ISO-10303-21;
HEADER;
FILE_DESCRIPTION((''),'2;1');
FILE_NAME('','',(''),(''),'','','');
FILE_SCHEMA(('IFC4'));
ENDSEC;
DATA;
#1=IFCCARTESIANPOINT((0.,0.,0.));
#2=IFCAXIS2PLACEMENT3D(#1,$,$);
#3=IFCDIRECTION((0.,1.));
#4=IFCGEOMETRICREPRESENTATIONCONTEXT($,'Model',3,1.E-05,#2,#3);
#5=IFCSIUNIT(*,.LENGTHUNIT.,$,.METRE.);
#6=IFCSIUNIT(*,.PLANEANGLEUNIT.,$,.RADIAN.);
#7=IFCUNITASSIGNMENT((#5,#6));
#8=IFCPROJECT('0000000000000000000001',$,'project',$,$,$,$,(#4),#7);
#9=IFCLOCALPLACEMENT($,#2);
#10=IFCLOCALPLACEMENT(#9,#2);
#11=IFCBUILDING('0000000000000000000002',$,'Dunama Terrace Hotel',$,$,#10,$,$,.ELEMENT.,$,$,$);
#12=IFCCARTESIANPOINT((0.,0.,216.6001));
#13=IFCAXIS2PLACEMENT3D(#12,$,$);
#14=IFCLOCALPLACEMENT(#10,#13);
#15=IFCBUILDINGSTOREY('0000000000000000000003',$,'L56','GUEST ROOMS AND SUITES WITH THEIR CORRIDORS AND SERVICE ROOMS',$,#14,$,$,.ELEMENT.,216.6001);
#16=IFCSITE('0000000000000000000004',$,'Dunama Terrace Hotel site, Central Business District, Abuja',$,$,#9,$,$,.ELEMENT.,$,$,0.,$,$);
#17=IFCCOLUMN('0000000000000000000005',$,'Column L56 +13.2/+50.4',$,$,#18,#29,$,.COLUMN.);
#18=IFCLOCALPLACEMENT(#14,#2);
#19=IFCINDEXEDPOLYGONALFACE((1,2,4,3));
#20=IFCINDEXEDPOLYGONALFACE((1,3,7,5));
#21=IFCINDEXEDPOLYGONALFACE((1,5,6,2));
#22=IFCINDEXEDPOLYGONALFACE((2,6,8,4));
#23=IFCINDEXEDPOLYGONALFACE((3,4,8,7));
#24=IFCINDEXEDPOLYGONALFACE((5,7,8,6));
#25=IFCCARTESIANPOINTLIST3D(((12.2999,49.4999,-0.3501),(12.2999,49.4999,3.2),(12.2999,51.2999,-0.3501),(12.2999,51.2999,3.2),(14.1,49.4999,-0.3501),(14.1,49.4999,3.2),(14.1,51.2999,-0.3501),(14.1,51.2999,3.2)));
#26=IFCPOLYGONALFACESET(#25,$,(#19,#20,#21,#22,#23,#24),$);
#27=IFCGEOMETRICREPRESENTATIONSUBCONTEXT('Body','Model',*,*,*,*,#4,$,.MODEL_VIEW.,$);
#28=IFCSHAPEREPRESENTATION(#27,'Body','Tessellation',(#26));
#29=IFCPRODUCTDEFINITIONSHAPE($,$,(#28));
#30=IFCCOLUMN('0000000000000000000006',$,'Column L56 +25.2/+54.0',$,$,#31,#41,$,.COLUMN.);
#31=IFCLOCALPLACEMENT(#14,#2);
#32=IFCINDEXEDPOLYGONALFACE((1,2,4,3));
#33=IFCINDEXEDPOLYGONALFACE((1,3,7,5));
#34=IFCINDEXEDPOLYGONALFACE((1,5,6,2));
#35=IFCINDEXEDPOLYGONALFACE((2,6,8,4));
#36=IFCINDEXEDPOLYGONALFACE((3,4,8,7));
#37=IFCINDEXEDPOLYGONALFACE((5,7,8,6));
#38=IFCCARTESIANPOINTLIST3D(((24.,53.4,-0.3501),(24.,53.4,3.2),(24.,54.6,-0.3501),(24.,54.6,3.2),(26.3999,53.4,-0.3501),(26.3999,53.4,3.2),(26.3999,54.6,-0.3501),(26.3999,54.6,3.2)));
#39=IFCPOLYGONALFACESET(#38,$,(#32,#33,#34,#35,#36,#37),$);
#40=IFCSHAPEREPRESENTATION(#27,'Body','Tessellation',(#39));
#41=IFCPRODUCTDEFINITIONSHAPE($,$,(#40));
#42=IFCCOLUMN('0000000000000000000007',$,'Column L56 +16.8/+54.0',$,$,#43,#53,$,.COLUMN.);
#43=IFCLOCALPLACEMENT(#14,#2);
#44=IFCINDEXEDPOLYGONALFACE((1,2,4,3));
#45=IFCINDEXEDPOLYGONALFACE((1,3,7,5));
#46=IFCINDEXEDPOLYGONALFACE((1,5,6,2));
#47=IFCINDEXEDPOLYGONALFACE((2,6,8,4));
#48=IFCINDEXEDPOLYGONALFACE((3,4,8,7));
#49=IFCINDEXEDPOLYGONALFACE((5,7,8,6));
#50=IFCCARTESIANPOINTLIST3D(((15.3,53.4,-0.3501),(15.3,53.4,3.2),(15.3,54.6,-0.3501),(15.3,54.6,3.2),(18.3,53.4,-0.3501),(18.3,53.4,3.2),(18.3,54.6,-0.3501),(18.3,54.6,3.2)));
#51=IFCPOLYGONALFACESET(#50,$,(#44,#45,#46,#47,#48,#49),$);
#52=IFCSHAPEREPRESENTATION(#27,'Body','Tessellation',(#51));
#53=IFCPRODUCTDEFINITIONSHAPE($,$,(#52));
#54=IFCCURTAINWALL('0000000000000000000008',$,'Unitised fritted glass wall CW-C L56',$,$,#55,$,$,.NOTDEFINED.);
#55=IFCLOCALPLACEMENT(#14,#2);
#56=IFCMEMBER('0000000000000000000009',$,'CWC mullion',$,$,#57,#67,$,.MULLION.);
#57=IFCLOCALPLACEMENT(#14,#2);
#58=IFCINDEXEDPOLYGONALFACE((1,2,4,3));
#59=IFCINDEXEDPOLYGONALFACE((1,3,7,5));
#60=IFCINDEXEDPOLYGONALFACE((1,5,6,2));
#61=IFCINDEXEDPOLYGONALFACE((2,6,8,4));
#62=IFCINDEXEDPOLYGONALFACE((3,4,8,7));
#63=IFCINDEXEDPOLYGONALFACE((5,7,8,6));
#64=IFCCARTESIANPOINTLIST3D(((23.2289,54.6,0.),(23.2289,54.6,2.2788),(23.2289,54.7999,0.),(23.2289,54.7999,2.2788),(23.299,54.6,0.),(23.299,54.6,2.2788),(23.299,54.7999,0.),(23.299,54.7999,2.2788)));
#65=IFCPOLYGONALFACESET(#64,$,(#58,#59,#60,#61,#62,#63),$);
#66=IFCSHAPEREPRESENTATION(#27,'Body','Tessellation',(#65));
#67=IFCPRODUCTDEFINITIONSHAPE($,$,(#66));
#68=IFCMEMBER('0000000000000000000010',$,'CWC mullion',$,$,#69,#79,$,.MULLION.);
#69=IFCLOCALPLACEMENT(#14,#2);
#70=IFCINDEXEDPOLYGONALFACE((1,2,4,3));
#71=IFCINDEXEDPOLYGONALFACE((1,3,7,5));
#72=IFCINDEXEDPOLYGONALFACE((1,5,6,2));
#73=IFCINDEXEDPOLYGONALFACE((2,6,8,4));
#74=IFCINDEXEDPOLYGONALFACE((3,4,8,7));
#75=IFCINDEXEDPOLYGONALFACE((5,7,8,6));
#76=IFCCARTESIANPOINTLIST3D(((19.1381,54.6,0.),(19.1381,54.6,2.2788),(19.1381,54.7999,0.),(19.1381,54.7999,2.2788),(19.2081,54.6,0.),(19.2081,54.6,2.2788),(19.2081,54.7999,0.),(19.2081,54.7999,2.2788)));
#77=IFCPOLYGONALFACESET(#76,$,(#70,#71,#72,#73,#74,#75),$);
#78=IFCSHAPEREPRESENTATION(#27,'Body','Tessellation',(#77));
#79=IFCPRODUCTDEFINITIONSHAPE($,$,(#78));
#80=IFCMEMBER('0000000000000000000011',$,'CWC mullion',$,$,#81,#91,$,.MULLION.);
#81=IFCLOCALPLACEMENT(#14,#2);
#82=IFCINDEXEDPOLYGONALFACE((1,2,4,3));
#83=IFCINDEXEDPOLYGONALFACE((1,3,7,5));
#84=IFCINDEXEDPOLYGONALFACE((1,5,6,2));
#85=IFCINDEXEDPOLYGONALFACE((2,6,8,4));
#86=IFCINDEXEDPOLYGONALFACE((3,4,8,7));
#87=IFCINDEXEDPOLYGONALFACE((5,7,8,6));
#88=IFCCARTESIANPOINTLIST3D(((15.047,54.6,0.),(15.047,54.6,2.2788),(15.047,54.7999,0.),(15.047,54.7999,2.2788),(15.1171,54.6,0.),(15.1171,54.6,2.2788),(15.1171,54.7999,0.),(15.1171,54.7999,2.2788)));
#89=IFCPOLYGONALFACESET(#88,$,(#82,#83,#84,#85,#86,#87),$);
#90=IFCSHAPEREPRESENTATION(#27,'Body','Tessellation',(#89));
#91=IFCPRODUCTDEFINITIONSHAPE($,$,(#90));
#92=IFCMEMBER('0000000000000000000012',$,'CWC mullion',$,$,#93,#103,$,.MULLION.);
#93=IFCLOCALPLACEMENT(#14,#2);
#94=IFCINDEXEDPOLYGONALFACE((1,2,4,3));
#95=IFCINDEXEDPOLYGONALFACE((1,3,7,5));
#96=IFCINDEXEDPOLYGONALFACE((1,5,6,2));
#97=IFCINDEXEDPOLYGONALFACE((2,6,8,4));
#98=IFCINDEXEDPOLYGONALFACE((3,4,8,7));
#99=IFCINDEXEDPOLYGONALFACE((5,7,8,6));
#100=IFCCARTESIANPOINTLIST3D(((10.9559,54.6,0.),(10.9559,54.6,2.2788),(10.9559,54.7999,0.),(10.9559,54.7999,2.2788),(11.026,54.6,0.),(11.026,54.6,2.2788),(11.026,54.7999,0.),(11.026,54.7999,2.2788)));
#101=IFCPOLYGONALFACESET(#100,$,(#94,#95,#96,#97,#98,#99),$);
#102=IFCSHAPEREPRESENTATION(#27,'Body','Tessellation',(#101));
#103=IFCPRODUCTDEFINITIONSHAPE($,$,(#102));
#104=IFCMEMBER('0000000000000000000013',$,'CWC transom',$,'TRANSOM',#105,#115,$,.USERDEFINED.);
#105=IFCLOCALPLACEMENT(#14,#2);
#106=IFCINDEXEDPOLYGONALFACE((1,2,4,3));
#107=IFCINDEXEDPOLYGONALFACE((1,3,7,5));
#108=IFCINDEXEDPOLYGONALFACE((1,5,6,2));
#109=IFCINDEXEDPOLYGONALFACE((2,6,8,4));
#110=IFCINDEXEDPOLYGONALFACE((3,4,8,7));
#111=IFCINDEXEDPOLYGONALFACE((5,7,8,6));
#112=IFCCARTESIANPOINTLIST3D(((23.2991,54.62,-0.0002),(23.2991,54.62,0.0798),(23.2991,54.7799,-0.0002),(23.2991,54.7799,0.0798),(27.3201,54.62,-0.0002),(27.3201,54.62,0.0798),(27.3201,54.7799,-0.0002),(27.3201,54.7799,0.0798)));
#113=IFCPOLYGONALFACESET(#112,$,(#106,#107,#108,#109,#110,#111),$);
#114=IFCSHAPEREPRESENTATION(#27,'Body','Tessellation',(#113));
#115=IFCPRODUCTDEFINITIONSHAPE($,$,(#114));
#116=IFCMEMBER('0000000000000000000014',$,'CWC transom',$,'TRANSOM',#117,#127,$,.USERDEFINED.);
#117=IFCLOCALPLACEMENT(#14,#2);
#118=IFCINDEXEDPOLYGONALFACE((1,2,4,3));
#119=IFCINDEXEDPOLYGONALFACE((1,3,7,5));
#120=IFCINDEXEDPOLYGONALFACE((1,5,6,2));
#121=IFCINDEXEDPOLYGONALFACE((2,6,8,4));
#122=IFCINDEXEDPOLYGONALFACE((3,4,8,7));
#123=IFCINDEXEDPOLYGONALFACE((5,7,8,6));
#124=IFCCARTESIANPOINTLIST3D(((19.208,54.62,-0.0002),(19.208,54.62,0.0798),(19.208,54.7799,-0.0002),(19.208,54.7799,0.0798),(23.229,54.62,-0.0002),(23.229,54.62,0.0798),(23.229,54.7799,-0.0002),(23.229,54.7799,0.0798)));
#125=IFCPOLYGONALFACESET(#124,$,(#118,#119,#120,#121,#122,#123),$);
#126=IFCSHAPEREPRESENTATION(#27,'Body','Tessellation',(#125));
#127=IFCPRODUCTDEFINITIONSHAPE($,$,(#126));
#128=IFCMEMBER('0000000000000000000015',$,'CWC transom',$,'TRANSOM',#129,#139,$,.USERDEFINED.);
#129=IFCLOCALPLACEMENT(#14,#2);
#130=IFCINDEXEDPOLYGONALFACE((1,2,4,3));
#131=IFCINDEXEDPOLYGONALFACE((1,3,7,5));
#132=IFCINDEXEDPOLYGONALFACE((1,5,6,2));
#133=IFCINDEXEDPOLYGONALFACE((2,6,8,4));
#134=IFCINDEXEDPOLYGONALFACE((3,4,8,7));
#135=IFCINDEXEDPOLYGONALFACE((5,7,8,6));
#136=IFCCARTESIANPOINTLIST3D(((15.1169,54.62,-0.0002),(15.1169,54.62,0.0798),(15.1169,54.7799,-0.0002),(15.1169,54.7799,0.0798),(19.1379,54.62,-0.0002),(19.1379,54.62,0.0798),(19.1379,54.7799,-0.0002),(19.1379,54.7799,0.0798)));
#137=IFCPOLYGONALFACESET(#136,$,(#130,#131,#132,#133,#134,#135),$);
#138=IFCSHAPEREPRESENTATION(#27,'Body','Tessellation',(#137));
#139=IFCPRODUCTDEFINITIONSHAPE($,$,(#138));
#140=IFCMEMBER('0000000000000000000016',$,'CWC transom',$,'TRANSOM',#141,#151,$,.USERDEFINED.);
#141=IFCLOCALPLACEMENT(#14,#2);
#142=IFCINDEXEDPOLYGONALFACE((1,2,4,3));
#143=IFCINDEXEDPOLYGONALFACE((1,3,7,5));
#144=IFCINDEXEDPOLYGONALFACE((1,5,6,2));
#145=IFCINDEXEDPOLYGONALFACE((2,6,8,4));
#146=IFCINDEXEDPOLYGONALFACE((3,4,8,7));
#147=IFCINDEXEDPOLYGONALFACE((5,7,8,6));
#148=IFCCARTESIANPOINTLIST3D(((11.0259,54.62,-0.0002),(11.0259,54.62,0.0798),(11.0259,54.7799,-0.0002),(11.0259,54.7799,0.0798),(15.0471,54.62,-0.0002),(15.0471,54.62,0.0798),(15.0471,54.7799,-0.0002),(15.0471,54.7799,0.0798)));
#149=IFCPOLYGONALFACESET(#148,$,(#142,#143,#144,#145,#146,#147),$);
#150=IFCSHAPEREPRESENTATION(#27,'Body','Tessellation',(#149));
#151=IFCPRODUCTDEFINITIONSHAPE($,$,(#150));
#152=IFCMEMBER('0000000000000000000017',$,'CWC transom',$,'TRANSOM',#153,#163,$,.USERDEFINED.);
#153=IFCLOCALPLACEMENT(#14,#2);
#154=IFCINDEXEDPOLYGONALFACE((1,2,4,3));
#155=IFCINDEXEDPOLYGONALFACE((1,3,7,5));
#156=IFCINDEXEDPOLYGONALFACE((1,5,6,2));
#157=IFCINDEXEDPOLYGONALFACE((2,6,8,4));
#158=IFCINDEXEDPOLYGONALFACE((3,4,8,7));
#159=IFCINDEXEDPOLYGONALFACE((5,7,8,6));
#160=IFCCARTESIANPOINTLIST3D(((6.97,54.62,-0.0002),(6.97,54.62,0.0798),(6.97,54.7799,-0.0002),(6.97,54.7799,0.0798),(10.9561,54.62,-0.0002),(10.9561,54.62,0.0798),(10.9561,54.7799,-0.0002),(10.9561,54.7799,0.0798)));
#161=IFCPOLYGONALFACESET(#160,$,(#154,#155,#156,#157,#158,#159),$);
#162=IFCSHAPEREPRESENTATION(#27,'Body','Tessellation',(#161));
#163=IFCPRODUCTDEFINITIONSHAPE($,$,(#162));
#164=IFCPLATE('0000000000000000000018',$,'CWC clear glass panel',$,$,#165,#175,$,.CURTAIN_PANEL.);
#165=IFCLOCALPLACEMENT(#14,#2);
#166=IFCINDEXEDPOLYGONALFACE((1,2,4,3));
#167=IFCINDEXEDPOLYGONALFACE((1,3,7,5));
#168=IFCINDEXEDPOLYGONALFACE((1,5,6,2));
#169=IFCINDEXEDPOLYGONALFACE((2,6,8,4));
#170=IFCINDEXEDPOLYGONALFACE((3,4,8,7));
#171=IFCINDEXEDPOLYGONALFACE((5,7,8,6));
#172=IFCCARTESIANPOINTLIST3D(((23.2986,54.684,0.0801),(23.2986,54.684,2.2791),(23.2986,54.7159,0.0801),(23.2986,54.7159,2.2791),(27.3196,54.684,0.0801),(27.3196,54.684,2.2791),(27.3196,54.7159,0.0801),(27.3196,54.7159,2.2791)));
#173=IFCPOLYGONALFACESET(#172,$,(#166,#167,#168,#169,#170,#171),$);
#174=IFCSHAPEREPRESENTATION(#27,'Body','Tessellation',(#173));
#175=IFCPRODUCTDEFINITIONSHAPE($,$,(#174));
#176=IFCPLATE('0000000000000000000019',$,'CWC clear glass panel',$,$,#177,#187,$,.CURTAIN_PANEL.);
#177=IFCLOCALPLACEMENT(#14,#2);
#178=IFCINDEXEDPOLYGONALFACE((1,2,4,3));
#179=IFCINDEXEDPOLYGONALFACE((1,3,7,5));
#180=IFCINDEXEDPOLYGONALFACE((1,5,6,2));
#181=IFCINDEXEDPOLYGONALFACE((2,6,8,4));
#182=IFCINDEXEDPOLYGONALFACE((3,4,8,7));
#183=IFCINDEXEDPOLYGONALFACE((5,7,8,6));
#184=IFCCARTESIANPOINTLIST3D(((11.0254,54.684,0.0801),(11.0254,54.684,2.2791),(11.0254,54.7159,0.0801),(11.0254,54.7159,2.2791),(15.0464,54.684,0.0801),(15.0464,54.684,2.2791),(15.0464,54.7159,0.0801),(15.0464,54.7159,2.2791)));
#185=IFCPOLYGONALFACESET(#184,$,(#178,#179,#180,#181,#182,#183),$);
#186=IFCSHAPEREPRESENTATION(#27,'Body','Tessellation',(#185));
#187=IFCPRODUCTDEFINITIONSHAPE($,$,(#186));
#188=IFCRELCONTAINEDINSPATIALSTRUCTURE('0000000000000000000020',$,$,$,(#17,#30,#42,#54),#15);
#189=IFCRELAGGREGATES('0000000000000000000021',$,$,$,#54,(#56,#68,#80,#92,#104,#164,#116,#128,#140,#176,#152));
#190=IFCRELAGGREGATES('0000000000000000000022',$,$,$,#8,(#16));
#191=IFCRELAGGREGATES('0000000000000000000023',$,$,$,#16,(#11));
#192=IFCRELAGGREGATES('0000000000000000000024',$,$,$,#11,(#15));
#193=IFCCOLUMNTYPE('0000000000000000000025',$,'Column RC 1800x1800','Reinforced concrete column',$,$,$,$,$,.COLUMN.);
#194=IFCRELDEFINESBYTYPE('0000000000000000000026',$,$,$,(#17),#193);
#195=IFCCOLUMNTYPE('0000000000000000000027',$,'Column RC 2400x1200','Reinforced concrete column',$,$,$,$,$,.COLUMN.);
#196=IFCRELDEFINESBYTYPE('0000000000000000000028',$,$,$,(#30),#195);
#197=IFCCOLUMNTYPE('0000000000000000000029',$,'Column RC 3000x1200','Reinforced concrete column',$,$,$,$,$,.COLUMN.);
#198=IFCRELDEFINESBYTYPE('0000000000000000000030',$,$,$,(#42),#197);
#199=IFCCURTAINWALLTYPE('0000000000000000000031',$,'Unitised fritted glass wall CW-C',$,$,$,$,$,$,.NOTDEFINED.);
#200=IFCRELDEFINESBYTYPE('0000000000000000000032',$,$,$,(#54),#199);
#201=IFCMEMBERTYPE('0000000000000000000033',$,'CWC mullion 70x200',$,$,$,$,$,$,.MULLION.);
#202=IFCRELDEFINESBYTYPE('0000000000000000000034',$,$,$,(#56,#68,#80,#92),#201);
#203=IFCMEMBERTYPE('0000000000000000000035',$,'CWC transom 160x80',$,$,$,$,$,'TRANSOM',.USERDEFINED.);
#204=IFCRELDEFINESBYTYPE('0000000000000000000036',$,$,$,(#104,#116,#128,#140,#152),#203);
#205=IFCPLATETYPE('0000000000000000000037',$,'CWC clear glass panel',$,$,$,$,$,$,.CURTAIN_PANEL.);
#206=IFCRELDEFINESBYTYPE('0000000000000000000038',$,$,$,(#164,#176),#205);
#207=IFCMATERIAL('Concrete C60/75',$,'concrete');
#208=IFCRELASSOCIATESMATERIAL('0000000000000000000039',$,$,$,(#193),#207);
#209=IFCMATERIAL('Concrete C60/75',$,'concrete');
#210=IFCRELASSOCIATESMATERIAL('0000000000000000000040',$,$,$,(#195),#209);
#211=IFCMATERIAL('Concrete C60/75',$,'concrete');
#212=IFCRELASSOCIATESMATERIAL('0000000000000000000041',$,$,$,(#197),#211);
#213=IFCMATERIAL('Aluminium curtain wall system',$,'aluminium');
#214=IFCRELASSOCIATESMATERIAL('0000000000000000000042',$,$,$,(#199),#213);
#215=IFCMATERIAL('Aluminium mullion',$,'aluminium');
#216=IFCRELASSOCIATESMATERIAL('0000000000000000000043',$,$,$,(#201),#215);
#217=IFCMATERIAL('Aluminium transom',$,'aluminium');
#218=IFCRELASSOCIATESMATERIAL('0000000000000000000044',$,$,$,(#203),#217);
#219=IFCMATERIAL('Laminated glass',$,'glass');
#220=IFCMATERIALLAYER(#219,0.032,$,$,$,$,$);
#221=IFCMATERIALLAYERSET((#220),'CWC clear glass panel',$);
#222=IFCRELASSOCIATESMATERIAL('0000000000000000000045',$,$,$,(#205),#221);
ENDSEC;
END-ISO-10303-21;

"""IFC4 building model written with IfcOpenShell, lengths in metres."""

from ifc_helpers import new_model, si_unit, direction, frame, origin, origin_2d, place, context, subcontext, project, spatial, rectangle, extrude, material, layer, layer_set, material_profile, profile_set, type_object, element, aggregate, save


model = new_model("IFC4")

# Units and contexts
model_context = context("Model", 3, precision=1e-05, world=origin(), true_north=direction((0.0, 1.0)))
body_context = subcontext(model_context, "Body", "Model", "MODEL_VIEW")
ifc_project = project(units=[si_unit("LENGTHUNIT", "METRE"), si_unit("PLANEANGLEUNIT", "RADIAN")], contexts=[model_context])

# Site, building, storey
site_placement = place(None, origin())
site = spatial("IfcSite", under=ifc_project, at=site_placement, Name="Dunama Terrace Hotel site, Central Business District, Abuja", CompositionType="ELEMENT", RefElevation=0.0)
building_placement = place(site_placement, origin())
building = spatial("IfcBuilding", under=site, at=building_placement, Name="Dunama Terrace Hotel", CompositionType="ELEMENT")
storey_placement = place(building_placement, frame((0.0, 0.0, 216.6001)))
storey = spatial("IfcBuildingStorey", under=building, at=storey_placement, Name="L56", Description="GUEST ROOMS AND SUITES WITH THEIR CORRIDORS AND SERVICE ROOMS", CompositionType="ELEMENT", Elevation=216.6001)

# Columns
ifc_material_1 = material(Name="Concrete C60/75", Category="concrete")
ifc_material_profile_1 = material_profile(ifc_material_1, rectangle(XDim=1.8, YDim=1.8, at=origin_2d()), Name="RC 1800x1800")
ifc_profile_set_1 = profile_set([ifc_material_profile_1], Name="Concrete C60/75")
column_type_1 = type_object("IfcColumnType", Name="Column RC 1800x1800", Description="Reinforced concrete column", PredefinedType="COLUMN", material=ifc_profile_set_1)
column_1_placement = place(storey_placement, frame((13.2, 50.3999, -0.3501), z_axis=(0.0, 0.0, 1.0), x_axis=(1.0, 0.0, 0.0)))
element("IfcColumn", 1, at=column_1_placement, inside=storey, type_object=column_type_1, Name="Column L56 +13.2/+50.4", PredefinedType="COLUMN", context=body_context, shape_type="SweptSolid", body=[
    extrude(rectangle(XDim=1.8, YDim=1.8, at=origin_2d()), origin(), (0.0, 0.0, 1.0), 3.55),
])
ifc_material_2 = material(Name="Concrete C60/75", Category="concrete")
ifc_material_profile_2 = material_profile(ifc_material_2, rectangle(XDim=2.3999, YDim=1.2, at=origin_2d()), Name="RC 2400x1200")
ifc_profile_set_2 = profile_set([ifc_material_profile_2], Name="Concrete C60/75")
column_type_2 = type_object("IfcColumnType", Name="Column RC 2400x1200", Description="Reinforced concrete column", PredefinedType="COLUMN", material=ifc_profile_set_2)
column_2_placement = place(storey_placement, frame((25.2, 54.0, -0.3501), z_axis=(0.0, 0.0, 1.0), x_axis=(1.0, 0.0, 0.0)))
element("IfcColumn", 2, at=column_2_placement, inside=storey, type_object=column_type_2, Name="Column L56 +25.2/+54.0", PredefinedType="COLUMN", context=body_context, shape_type="SweptSolid", body=[
    extrude(rectangle(XDim=2.3999, YDim=1.2, at=origin_2d()), origin(), (0.0, 0.0, 1.0), 3.55),
])
ifc_material_3 = material(Name="Concrete C60/75", Category="concrete")
ifc_material_profile_3 = material_profile(ifc_material_3, rectangle(XDim=3.0, YDim=1.2, at=origin_2d()), Name="RC 3000x1200")
ifc_profile_set_3 = profile_set([ifc_material_profile_3], Name="Concrete C60/75")
column_type_3 = type_object("IfcColumnType", Name="Column RC 3000x1200", Description="Reinforced concrete column", PredefinedType="COLUMN", material=ifc_profile_set_3)
column_3_placement = place(storey_placement, frame((16.8, 54.0, -0.3501), z_axis=(0.0, 0.0, 1.0), x_axis=(1.0, 0.0, 0.0)))
element("IfcColumn", 3, at=column_3_placement, inside=storey, type_object=column_type_3, Name="Column L56 +16.8/+54.0", PredefinedType="COLUMN", context=body_context, shape_type="SweptSolid", body=[
    extrude(rectangle(XDim=3.0, YDim=1.2, at=origin_2d()), origin(), (0.0, 0.0, 1.0), 3.55),
])

# Curtain wall, members, plates
ifc_material_4 = material(Name="Aluminium curtain wall system", Category="aluminium")
curtain_wall_type = type_object("IfcCurtainWallType", Name="Unitised fritted glass wall CW-C", PredefinedType="NOTDEFINED", material=ifc_material_4)
curtain_wall_placement = place(storey_placement, origin())
curtain_wall = element("IfcCurtainWall", 4, at=curtain_wall_placement, inside=storey, type_object=curtain_wall_type, Name="Unitised fritted glass wall CW-C L56", PredefinedType="NOTDEFINED")
ifc_material_5 = material(Name="Aluminium mullion", Category="aluminium")
ifc_material_profile_4 = material_profile(ifc_material_5, rectangle(XDim=0.0701, YDim=0.2, at=origin_2d()), Name="CWC MULLION 70X200")
ifc_profile_set_4 = profile_set([ifc_material_profile_4], Name="Aluminium mullion")
member_type_1 = type_object("IfcMemberType", Name="CWC mullion 70x200", PredefinedType="MULLION", material=ifc_profile_set_4)
member_1_placement = place(storey_placement, frame((23.2639, 54.7, 0.0), z_axis=(0.0, 0.0, 1.0), x_axis=(-1.0, 0.0, 0.0)))
member_1 = element("IfcMember", 5, at=member_1_placement, type_object=member_type_1, Name="CWC mullion", PredefinedType="MULLION", context=body_context, shape_type="SweptSolid", body=[
    extrude(rectangle(XDim=0.0701, YDim=0.2, at=origin_2d()), origin(), (0.0, 0.0, 1.0), 2.2788),
])
member_2_placement = place(storey_placement, frame((19.1731, 54.7, 0.0), z_axis=(0.0, 0.0, 1.0), x_axis=(-1.0, 0.0, 0.0)))
member_2 = element("IfcMember", 6, at=member_2_placement, type_object=member_type_1, Name="CWC mullion", PredefinedType="MULLION", context=body_context, shape_type="SweptSolid", body=[
    extrude(rectangle(XDim=0.0701, YDim=0.2, at=origin_2d()), origin(), (0.0, 0.0, 1.0), 2.2788),
])
member_3_placement = place(storey_placement, frame((15.082, 54.7, 0.0), z_axis=(0.0, 0.0, 1.0), x_axis=(-1.0, 0.0, 0.0)))
member_3 = element("IfcMember", 7, at=member_3_placement, type_object=member_type_1, Name="CWC mullion", PredefinedType="MULLION", context=body_context, shape_type="SweptSolid", body=[
    extrude(rectangle(XDim=0.0701, YDim=0.2, at=origin_2d()), origin(), (0.0, 0.0, 1.0), 2.2788),
])
member_4_placement = place(storey_placement, frame((10.991, 54.7, 0.0), z_axis=(0.0, 0.0, 1.0), x_axis=(-1.0, 0.0, 0.0)))
member_4 = element("IfcMember", 8, at=member_4_placement, type_object=member_type_1, Name="CWC mullion", PredefinedType="MULLION", context=body_context, shape_type="SweptSolid", body=[
    extrude(rectangle(XDim=0.0701, YDim=0.2, at=origin_2d()), origin(), (0.0, 0.0, 1.0), 2.2788),
])
ifc_material_6 = material(Name="Aluminium transom", Category="aluminium")
ifc_material_profile_5 = material_profile(ifc_material_6, rectangle(XDim=0.1599, YDim=0.0801, at=origin_2d()), Name="CWC TRANSOM 160X80")
ifc_profile_set_5 = profile_set([ifc_material_profile_5], Name="Aluminium transom")
member_type_2 = type_object("IfcMemberType", Name="CWC transom 160x80", ElementType="TRANSOM", PredefinedType="USERDEFINED", material=ifc_profile_set_5)
member_5_placement = place(storey_placement, frame((27.3201, 54.7, 0.0398), z_axis=(-1.0, 0.0, 0.0), x_axis=(0.0, -1.0, 0.0)))
member_5 = element("IfcMember", 9, at=member_5_placement, type_object=member_type_2, Name="CWC transom", ObjectType="TRANSOM", PredefinedType="USERDEFINED", context=body_context, shape_type="SweptSolid", body=[
    extrude(rectangle(XDim=0.1599, YDim=0.0801, at=origin_2d()), origin(), (0.0, 0.0, 1.0), 4.021),
])
member_6_placement = place(storey_placement, frame((23.229, 54.7, 0.0398), z_axis=(-1.0, 0.0, 0.0), x_axis=(0.0, -1.0, 0.0)))
member_6 = element("IfcMember", 10, at=member_6_placement, type_object=member_type_2, Name="CWC transom", ObjectType="TRANSOM", PredefinedType="USERDEFINED", context=body_context, shape_type="SweptSolid", body=[
    extrude(rectangle(XDim=0.1599, YDim=0.0801, at=origin_2d()), origin(), (0.0, 0.0, 1.0), 4.021),
])
member_7_placement = place(storey_placement, frame((19.1379, 54.7, 0.0398), z_axis=(-1.0, 0.0, 0.0), x_axis=(0.0, -1.0, 0.0)))
member_7 = element("IfcMember", 11, at=member_7_placement, type_object=member_type_2, Name="CWC transom", ObjectType="TRANSOM", PredefinedType="USERDEFINED", context=body_context, shape_type="SweptSolid", body=[
    extrude(rectangle(XDim=0.1599, YDim=0.0801, at=origin_2d()), origin(), (0.0, 0.0, 1.0), 4.021),
])
member_8_placement = place(storey_placement, frame((15.0471, 54.7, 0.0398), z_axis=(-1.0, 0.0, 0.0), x_axis=(0.0, -1.0, 0.0)))
member_8 = element("IfcMember", 12, at=member_8_placement, type_object=member_type_2, Name="CWC transom", ObjectType="TRANSOM", PredefinedType="USERDEFINED", context=body_context, shape_type="SweptSolid", body=[
    extrude(rectangle(XDim=0.1599, YDim=0.0801, at=origin_2d()), origin(), (0.0, 0.0, 1.0), 4.0212),
])
member_9_placement = place(storey_placement, frame((10.9561, 54.7, 0.0398), z_axis=(-1.0, 0.0, 0.0), x_axis=(0.0, -1.0, 0.0)))
member_9 = element("IfcMember", 13, at=member_9_placement, type_object=member_type_2, Name="CWC transom", ObjectType="TRANSOM", PredefinedType="USERDEFINED", context=body_context, shape_type="SweptSolid", body=[
    extrude(rectangle(XDim=0.1599, YDim=0.0801, at=origin_2d()), origin(), (0.0, 0.0, 1.0), 3.9861),
])
ifc_material_7 = material(Name="Laminated glass", Category="glass")
ifc_layer_1 = layer(ifc_material_7, 0.032)
ifc_layer_set_1 = layer_set([ifc_layer_1], Name="CWC clear glass panel")
plate_type_1 = type_object("IfcPlateType", Name="CWC clear glass panel", PredefinedType="CURTAIN_PANEL", material=ifc_layer_set_1)
plate_1_placement = place(storey_placement, frame((25.3091, 54.7, 0.0801), z_axis=(0.0, 0.0, 1.0), x_axis=(-1.0, 0.0, 0.0)))
plate_1 = element("IfcPlate", 14, at=plate_1_placement, type_object=plate_type_1, Name="CWC clear glass panel", PredefinedType="CURTAIN_PANEL", context=body_context, shape_type="SweptSolid", body=[
    extrude(rectangle(XDim=4.021, YDim=0.032, at=origin_2d()), origin(), (0.0, 0.0, 1.0), 2.199),
])
plate_2_placement = place(storey_placement, frame((13.0359, 54.7, 0.0801), z_axis=(0.0, 0.0, 1.0), x_axis=(-1.0, 0.0, 0.0)))
plate_2 = element("IfcPlate", 15, at=plate_2_placement, type_object=plate_type_1, Name="CWC clear glass panel", PredefinedType="CURTAIN_PANEL", context=body_context, shape_type="SweptSolid", body=[
    extrude(rectangle(XDim=4.021, YDim=0.032, at=origin_2d()), origin(), (0.0, 0.0, 1.0), 2.199),
])
aggregate(curtain_wall, [member_1, member_2, member_3, member_4, member_5, plate_1, member_6, member_7, member_8, plate_2, member_9])

save(model, "model.ifc")
